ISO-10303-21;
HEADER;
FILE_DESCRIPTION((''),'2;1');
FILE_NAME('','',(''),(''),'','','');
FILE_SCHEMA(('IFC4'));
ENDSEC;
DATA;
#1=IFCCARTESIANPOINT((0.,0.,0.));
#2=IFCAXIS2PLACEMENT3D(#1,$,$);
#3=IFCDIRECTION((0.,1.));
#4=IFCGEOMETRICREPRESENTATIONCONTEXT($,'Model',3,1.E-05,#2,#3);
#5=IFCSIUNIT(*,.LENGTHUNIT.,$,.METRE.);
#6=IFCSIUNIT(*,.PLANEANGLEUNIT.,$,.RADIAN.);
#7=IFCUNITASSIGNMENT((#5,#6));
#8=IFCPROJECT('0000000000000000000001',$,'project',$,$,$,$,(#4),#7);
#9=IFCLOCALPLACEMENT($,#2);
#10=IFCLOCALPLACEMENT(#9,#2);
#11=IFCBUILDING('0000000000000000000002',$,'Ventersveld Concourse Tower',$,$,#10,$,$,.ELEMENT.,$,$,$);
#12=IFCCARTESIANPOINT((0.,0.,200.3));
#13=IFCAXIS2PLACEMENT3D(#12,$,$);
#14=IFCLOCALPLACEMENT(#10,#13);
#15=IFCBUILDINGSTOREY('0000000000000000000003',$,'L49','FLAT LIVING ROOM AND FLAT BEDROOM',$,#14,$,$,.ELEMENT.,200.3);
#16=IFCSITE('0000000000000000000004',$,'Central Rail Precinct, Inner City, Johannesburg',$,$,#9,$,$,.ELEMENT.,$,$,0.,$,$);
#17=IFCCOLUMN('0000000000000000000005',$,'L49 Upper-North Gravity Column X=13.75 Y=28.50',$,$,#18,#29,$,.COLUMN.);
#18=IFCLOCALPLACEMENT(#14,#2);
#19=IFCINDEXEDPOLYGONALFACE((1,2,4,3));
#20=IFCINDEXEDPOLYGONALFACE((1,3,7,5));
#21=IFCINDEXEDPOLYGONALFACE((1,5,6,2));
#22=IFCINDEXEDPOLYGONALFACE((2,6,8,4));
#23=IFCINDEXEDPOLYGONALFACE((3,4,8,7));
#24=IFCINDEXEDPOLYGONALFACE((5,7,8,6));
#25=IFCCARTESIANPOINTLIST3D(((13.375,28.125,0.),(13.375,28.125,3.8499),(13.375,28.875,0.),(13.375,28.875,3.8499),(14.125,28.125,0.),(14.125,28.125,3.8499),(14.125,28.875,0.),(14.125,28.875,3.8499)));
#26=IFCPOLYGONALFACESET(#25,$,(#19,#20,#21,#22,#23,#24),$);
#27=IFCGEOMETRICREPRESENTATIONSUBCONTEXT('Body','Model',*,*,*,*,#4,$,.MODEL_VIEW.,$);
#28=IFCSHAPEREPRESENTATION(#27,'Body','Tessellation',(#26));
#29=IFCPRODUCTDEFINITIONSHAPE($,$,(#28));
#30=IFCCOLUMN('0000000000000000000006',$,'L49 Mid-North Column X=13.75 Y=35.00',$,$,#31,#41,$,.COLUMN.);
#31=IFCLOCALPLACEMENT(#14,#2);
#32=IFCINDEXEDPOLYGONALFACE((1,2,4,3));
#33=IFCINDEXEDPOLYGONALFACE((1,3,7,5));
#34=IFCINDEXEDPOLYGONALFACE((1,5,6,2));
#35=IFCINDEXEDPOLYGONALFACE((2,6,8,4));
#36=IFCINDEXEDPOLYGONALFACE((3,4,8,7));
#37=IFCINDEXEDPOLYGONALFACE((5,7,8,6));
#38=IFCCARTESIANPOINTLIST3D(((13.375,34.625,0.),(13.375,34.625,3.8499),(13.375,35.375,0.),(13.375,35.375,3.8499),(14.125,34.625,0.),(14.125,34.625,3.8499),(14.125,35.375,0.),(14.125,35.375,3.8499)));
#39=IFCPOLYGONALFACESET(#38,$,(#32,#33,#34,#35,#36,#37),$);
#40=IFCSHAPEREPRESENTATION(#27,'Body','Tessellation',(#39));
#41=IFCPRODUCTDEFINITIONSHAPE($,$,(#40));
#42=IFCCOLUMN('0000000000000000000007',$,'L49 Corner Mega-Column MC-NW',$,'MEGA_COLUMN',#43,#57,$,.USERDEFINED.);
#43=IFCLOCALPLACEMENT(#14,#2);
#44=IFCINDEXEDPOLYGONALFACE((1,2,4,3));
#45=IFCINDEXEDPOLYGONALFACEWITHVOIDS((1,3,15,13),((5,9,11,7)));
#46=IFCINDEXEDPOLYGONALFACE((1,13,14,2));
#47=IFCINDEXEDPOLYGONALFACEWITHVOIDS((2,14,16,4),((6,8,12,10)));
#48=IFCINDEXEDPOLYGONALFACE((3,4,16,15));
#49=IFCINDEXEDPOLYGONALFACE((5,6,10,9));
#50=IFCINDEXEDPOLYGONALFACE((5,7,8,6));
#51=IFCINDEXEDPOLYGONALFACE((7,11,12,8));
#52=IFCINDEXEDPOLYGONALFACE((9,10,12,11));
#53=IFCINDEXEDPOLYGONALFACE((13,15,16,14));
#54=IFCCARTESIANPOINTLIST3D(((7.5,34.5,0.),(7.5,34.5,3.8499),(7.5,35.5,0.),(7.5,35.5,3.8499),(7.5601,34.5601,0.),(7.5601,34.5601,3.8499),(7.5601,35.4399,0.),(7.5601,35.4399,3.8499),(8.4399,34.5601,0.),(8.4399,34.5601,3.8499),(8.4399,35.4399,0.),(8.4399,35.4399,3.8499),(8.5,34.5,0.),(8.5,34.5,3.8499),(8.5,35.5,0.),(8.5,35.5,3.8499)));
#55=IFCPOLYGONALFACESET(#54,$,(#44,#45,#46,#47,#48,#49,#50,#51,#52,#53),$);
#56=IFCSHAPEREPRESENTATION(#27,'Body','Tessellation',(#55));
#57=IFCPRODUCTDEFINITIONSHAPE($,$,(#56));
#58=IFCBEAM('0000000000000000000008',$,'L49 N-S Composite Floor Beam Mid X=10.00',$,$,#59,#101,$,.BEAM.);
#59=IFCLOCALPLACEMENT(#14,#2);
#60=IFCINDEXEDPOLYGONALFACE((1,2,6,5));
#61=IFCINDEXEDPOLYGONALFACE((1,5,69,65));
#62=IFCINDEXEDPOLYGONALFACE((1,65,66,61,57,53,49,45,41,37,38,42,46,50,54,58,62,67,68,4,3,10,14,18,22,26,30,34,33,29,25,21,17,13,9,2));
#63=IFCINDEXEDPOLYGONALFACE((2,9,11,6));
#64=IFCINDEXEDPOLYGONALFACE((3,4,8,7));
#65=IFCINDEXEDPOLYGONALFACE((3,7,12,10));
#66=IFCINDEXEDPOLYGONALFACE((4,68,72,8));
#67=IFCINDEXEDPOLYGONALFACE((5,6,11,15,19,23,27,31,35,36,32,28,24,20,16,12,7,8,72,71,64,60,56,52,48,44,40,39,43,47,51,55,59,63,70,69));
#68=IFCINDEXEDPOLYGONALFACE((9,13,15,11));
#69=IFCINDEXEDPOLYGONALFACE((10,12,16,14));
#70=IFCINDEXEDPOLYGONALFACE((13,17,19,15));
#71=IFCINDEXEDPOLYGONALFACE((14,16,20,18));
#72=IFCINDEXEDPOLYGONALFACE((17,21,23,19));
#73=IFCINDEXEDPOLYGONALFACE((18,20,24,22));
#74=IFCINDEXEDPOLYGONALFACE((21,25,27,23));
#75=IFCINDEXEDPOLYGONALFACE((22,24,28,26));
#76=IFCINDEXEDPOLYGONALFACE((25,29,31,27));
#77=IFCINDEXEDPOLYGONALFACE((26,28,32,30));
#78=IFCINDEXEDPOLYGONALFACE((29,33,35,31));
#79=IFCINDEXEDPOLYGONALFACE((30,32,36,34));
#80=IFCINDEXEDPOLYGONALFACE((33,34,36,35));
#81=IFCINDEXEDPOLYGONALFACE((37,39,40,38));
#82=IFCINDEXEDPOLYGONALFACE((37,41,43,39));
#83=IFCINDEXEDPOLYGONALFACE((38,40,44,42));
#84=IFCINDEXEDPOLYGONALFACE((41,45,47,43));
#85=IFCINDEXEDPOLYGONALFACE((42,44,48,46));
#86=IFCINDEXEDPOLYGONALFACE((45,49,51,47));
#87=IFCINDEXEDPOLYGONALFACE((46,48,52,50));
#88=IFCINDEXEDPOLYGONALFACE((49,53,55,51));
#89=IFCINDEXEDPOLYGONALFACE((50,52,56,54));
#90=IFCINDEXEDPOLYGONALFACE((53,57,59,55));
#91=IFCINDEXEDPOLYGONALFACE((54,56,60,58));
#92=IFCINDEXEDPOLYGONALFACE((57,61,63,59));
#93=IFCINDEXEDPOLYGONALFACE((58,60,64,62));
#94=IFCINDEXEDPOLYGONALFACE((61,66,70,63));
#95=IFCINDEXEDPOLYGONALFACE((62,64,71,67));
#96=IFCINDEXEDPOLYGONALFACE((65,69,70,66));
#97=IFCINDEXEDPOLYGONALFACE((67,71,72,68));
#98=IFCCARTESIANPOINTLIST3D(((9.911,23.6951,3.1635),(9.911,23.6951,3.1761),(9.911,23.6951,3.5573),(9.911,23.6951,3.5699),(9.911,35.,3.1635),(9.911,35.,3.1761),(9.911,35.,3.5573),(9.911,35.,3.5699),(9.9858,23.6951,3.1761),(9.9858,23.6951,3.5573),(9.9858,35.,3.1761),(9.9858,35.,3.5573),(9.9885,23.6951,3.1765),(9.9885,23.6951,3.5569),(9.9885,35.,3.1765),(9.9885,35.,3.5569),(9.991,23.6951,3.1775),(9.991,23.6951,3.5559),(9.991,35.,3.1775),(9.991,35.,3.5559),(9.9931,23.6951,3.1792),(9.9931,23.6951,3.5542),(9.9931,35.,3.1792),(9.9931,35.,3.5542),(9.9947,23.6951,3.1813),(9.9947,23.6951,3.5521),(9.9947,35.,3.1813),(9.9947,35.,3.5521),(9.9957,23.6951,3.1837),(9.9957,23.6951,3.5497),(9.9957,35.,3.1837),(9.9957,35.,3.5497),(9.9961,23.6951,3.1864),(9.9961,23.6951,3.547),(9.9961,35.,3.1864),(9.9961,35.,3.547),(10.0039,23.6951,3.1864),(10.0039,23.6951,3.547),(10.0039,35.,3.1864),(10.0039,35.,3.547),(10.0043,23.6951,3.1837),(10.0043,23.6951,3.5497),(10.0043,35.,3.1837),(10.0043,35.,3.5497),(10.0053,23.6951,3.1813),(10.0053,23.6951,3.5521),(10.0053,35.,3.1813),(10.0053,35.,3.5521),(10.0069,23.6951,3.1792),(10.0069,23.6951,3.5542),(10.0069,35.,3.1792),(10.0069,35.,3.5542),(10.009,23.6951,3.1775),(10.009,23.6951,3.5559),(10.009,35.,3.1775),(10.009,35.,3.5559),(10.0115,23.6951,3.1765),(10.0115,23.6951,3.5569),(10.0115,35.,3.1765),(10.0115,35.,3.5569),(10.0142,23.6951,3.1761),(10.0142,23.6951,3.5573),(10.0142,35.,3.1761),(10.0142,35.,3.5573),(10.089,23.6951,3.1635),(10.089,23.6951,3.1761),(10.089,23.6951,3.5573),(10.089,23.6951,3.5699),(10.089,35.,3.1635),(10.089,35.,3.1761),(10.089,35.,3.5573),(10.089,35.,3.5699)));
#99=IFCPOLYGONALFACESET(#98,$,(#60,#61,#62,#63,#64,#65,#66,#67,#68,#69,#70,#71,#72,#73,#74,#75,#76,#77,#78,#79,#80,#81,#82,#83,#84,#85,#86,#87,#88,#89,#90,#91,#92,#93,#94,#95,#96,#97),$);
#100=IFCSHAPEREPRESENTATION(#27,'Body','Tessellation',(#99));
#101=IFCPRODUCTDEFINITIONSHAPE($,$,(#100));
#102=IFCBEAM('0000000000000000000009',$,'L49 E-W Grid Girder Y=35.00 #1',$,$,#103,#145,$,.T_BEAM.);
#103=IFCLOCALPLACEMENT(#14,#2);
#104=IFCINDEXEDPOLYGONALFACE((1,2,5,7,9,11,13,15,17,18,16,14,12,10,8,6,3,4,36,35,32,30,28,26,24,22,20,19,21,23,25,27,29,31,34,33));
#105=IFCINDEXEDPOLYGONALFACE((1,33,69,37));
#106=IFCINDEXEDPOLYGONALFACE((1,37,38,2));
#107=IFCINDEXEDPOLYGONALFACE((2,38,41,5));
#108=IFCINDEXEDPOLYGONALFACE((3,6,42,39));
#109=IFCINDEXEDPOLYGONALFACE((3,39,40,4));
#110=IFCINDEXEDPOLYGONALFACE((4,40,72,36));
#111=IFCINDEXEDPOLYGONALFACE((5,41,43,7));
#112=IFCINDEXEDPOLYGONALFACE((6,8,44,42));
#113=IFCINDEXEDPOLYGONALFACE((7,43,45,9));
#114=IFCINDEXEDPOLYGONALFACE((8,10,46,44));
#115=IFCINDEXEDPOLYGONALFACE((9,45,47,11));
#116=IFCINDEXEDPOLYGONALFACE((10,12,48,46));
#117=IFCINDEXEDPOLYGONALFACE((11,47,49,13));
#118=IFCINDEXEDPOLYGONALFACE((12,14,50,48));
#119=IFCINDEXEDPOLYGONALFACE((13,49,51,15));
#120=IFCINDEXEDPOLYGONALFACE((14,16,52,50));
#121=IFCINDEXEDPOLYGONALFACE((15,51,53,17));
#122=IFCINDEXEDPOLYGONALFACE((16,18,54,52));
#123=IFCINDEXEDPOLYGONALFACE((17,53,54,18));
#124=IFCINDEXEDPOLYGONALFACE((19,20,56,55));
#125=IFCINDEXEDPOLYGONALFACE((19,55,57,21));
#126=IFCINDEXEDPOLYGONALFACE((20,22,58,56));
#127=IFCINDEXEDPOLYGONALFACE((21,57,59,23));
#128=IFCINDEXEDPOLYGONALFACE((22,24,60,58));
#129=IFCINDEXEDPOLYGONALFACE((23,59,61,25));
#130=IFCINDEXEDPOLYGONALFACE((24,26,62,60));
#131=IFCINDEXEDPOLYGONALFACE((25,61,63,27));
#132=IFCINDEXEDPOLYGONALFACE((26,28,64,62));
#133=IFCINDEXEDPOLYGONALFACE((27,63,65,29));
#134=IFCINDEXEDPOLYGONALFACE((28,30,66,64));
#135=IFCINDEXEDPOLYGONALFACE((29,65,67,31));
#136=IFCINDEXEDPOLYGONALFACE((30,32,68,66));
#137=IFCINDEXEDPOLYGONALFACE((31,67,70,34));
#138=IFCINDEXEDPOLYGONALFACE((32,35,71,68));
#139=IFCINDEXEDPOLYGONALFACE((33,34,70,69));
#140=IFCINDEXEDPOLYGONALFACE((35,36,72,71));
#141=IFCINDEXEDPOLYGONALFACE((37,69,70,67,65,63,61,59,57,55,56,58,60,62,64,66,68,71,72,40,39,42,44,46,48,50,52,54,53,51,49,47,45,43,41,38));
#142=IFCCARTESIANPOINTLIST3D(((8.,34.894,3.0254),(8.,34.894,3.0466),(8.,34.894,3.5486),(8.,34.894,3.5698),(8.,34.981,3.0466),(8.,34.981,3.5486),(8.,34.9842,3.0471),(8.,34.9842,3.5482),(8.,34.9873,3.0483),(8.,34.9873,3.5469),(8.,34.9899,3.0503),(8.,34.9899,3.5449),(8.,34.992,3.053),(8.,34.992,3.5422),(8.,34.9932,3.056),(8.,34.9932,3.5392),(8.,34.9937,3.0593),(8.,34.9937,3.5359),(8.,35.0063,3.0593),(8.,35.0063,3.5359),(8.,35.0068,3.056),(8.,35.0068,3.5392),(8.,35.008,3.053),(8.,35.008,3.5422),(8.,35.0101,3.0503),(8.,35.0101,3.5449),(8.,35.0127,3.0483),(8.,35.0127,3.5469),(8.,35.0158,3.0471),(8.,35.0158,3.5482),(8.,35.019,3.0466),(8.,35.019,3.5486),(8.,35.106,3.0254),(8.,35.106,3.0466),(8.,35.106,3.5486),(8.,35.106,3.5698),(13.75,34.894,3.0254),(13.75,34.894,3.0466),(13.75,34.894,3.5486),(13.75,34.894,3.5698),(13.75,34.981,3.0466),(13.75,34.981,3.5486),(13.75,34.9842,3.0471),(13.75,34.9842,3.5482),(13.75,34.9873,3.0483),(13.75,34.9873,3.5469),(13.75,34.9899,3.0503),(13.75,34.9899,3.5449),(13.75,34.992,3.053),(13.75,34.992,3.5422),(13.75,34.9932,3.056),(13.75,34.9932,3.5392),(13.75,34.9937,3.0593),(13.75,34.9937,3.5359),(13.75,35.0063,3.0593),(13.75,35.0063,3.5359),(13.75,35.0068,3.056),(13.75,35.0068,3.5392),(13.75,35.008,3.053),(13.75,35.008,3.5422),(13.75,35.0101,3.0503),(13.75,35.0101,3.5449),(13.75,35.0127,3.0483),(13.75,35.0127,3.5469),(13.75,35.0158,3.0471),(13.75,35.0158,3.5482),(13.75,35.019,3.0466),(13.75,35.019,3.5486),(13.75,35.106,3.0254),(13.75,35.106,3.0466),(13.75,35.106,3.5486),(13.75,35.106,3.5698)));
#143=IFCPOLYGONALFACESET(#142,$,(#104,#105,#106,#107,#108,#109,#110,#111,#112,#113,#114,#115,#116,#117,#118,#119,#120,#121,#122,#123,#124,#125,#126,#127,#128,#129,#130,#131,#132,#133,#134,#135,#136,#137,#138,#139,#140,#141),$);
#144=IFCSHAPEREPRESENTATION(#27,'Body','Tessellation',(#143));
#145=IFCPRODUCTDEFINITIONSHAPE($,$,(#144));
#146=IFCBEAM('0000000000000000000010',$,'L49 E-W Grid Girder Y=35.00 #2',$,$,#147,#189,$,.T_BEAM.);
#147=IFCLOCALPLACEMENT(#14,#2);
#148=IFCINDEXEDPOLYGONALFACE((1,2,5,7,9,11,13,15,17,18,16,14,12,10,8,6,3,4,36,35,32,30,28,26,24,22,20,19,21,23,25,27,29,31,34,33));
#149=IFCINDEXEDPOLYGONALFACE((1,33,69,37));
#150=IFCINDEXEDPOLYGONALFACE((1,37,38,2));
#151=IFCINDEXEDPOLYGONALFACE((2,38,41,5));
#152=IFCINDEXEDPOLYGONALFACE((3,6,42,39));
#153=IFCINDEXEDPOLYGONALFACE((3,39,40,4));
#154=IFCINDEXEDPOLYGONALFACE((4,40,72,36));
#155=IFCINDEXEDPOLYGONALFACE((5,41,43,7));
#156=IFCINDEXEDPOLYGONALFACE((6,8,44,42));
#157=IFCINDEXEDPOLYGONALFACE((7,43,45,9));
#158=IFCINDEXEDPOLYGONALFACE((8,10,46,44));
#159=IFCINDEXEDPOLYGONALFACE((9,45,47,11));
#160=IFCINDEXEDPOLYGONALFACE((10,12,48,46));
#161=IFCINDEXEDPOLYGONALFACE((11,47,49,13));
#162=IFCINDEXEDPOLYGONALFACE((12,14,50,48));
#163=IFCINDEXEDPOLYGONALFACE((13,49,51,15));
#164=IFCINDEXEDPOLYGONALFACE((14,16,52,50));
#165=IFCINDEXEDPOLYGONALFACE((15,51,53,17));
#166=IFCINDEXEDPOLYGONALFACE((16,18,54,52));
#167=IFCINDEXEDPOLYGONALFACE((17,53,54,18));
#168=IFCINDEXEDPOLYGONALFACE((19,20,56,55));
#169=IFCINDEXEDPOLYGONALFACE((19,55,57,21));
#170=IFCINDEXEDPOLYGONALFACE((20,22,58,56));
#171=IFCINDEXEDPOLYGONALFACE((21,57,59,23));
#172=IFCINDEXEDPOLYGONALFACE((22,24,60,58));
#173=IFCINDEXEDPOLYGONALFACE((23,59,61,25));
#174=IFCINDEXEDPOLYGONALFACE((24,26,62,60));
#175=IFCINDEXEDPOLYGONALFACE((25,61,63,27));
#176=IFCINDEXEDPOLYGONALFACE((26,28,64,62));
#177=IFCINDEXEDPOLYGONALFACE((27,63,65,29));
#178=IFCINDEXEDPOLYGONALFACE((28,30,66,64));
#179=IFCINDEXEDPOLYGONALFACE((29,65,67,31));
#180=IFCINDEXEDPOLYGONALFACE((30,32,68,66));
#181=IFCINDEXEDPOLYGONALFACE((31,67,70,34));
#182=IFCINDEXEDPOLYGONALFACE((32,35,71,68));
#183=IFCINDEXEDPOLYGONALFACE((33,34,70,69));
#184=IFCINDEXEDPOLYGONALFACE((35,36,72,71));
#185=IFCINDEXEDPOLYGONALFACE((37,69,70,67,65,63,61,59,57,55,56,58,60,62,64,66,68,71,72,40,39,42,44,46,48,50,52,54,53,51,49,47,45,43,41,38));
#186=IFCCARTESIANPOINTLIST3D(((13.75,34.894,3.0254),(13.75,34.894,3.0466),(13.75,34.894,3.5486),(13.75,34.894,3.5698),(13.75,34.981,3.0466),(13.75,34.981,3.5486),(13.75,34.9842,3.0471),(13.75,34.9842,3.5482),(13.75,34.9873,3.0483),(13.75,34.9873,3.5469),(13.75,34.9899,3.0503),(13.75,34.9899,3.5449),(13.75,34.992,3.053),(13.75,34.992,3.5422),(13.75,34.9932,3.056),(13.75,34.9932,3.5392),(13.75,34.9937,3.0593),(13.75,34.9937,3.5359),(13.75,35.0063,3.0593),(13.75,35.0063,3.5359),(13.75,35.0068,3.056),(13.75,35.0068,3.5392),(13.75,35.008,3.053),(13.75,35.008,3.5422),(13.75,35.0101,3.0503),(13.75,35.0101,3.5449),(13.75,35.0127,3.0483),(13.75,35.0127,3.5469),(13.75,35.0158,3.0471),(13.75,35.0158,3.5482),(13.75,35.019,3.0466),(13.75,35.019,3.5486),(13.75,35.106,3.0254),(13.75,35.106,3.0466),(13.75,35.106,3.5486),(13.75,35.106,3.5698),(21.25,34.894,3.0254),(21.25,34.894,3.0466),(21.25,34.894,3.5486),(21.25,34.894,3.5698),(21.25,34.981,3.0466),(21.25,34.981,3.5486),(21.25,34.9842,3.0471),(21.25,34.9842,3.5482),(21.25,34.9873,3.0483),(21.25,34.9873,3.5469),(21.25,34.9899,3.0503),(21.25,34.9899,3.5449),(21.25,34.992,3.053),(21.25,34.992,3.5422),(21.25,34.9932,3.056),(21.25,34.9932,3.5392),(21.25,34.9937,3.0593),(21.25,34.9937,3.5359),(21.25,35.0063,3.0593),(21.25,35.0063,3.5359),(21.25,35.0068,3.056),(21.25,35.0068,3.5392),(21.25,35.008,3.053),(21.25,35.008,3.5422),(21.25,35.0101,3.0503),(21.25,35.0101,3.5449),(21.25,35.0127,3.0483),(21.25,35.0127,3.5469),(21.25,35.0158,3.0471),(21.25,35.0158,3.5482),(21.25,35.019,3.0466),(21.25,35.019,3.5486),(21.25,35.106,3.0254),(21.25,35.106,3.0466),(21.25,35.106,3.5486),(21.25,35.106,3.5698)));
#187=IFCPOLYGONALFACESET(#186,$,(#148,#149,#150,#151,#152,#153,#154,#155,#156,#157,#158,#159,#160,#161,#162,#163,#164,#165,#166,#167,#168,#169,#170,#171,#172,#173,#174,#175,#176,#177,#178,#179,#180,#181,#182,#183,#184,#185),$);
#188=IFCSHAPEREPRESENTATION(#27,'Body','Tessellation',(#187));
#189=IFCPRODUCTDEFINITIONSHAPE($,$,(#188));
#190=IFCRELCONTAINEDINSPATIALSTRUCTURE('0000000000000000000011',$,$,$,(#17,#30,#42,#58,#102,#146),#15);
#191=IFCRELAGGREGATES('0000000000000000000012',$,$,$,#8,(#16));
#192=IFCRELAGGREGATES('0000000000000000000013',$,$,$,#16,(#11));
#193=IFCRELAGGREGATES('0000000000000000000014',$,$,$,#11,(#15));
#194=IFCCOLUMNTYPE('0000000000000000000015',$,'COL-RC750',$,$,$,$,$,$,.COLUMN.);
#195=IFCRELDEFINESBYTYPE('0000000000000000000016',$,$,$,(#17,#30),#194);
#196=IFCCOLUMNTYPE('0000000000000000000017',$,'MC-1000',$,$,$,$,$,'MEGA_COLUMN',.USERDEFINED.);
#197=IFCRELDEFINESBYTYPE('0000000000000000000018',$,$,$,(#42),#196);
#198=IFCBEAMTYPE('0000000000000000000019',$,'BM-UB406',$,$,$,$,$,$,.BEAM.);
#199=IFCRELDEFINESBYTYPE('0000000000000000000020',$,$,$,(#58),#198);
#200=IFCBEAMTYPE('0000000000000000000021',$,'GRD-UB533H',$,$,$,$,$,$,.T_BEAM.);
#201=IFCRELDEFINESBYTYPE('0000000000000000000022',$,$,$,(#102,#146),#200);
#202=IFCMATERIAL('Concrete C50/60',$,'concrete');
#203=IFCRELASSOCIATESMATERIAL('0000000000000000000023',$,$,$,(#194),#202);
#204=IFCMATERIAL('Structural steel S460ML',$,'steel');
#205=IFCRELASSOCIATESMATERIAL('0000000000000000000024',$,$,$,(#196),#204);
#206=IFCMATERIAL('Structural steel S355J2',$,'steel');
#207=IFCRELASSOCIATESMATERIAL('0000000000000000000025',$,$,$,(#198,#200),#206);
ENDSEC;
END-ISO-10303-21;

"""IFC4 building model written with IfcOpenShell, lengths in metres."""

from ifc_helpers import new_model, si_unit, direction, frame, origin, origin_2d, place, context, subcontext, project, spatial, rectangle, hollow_rectangle, i_section, extrude, material, material_profile, profile_set, type_object, element, save


model = new_model("IFC4")

# Units and contexts
model_context = context("Model", 3, precision=1e-05, world=origin(), true_north=direction((0.0, 1.0)))
body_context = subcontext(model_context, "Body", "Model", "MODEL_VIEW")
ifc_project = project(units=[si_unit("LENGTHUNIT", "METRE"), si_unit("PLANEANGLEUNIT", "RADIAN")], contexts=[model_context])

# Site, building, storey
site_placement = place(None, origin())
site = spatial("IfcSite", under=ifc_project, at=site_placement, Name="Central Rail Precinct, Inner City, Johannesburg", CompositionType="ELEMENT", RefElevation=0.0)
building_placement = place(site_placement, origin())
building = spatial("IfcBuilding", under=site, at=building_placement, Name="Ventersveld Concourse Tower", CompositionType="ELEMENT")
storey_placement = place(building_placement, frame((0.0, 0.0, 200.3)))
storey = spatial("IfcBuildingStorey", under=building, at=storey_placement, Name="L49", Description="FLAT LIVING ROOM AND FLAT BEDROOM", CompositionType="ELEMENT", Elevation=200.3)

# Columns
ifc_material_1 = material(Name="Concrete C50/60", Category="concrete")
ifc_material_profile_1 = material_profile(ifc_material_1, rectangle(XDim=0.75, YDim=0.75, at=origin_2d()), Name="RC 750x750")
ifc_profile_set_1 = profile_set([ifc_material_profile_1], Name="Concrete C50/60")
column_type_1 = type_object("IfcColumnType", Name="COL-RC750", PredefinedType="COLUMN", material=ifc_profile_set_1)
for number, where, z_axis, x_axis, name in (
    (1, (13.75, 28.5, 0.0), (0.0, 0.0, 1.0), (1.0, 0.0, 0.0), "L49 Upper-North Gravity Column X=13.75 Y=28.50"),
    (2, (13.75, 35.0, 0.0), (0.0, 0.0, 1.0), (1.0, 0.0, 0.0), "L49 Mid-North Column X=13.75 Y=35.00"),
):
    element("IfcColumn", number, at=place(storey_placement, frame(where, z_axis=z_axis, x_axis=x_axis)), inside=storey, type_object=column_type_1, Name=name, PredefinedType="COLUMN", context=body_context, shape_type="SweptSolid", body=[
        extrude(rectangle(XDim=0.75, YDim=0.75, at=origin_2d()), origin(), (0.0, 0.0, 1.0), 3.8499),
    ])
ifc_material_2 = material(Name="Structural steel S460ML", Category="steel")
ifc_material_profile_2 = material_profile(ifc_material_2, hollow_rectangle(XDim=1.0, YDim=1.0, WallThickness=0.0601, at=origin_2d()), Name="BOX 1000x1000x60")
ifc_profile_set_2 = profile_set([ifc_material_profile_2], Name="Structural steel S460ML")
column_type_2 = type_object("IfcColumnType", Name="MC-1000", ElementType="MEGA_COLUMN", PredefinedType="USERDEFINED", material=ifc_profile_set_2)
column_placement = place(storey_placement, frame((8.0, 35.0, 0.0), z_axis=(0.0, 0.0, 1.0), x_axis=(1.0, 0.0, 0.0)))
element("IfcColumn", 3, at=column_placement, inside=storey, type_object=column_type_2, Name="L49 Corner Mega-Column MC-NW", ObjectType="MEGA_COLUMN", PredefinedType="USERDEFINED", context=body_context, shape_type="SweptSolid", body=[
    extrude(hollow_rectangle(XDim=1.0, YDim=1.0, WallThickness=0.0601, at=origin_2d()), origin(), (0.0, 0.0, 1.0), 3.8499),
])

# Beams
ifc_material_3 = material(Name="Structural steel S355J2", Category="steel")
ifc_material_profile_3 = material_profile(ifc_material_3, i_section(OverallWidth=0.178, OverallDepth=0.4065, WebThickness=0.0078, FlangeThickness=0.0127, FilletRadius=0.0103, at=origin_2d()), Name="UB 406x178x60")
ifc_profile_set_3 = profile_set([ifc_material_profile_3], Name="Structural steel S355J2")
beam_type_1 = type_object("IfcBeamType", Name="BM-UB406", PredefinedType="BEAM", material=ifc_profile_set_3)
beam_1_placement = place(storey_placement, frame((10.0, 23.6951, 3.3667), z_axis=(0.0, 1.0, 0.0), x_axis=(-1.0, 0.0, 0.0)))
element("IfcBeam", 4, at=beam_1_placement, inside=storey, type_object=beam_type_1, Name="L49 N-S Composite Floor Beam Mid X=10.00", PredefinedType="BEAM", context=body_context, shape_type="SweptSolid", body=[
    extrude(i_section(OverallWidth=0.178, OverallDepth=0.4065, WebThickness=0.0078, FlangeThickness=0.0127, FilletRadius=0.0103, at=origin_2d()), origin(), (0.0, 0.0, 1.0), 11.3049),
])
ifc_material_profile_4 = material_profile(ifc_material_3, i_section(OverallWidth=0.2119, OverallDepth=0.5444, WebThickness=0.0127, FlangeThickness=0.0212, FilletRadius=0.0127, at=origin_2d()), Name="UB 533x210x122")
ifc_profile_set_4 = profile_set([ifc_material_profile_4], Name="Structural steel S355J2")
beam_type_2 = type_object("IfcBeamType", Name="GRD-UB533H", PredefinedType="T_BEAM", material=ifc_profile_set_4)
beam_2_placement = place(storey_placement, frame((8.0, 35.0, 3.2976), z_axis=(1.0, 0.0, 0.0), x_axis=(0.0, 1.0, 0.0)))
element("IfcBeam", 5, at=beam_2_placement, inside=storey, type_object=beam_type_2, Name="L49 E-W Grid Girder Y=35.00 #1", PredefinedType="T_BEAM", context=body_context, shape_type="SweptSolid", body=[
    extrude(i_section(OverallWidth=0.2119, OverallDepth=0.5444, WebThickness=0.0127, FlangeThickness=0.0212, FilletRadius=0.0127, at=origin_2d()), origin(), (0.0, 0.0, 1.0), 5.75),
])
beam_3_placement = place(storey_placement, frame((13.75, 35.0, 3.2976), z_axis=(1.0, 0.0, 0.0), x_axis=(0.0, 1.0, 0.0)))
element("IfcBeam", 6, at=beam_3_placement, inside=storey, type_object=beam_type_2, Name="L49 E-W Grid Girder Y=35.00 #2", PredefinedType="T_BEAM", context=body_context, shape_type="SweptSolid", body=[
    extrude(i_section(OverallWidth=0.2119, OverallDepth=0.5444, WebThickness=0.0127, FlangeThickness=0.0212, FilletRadius=0.0127, at=origin_2d()), origin(), (0.0, 0.0, 1.0), 7.5),
])

save(model, "model.ifc")
